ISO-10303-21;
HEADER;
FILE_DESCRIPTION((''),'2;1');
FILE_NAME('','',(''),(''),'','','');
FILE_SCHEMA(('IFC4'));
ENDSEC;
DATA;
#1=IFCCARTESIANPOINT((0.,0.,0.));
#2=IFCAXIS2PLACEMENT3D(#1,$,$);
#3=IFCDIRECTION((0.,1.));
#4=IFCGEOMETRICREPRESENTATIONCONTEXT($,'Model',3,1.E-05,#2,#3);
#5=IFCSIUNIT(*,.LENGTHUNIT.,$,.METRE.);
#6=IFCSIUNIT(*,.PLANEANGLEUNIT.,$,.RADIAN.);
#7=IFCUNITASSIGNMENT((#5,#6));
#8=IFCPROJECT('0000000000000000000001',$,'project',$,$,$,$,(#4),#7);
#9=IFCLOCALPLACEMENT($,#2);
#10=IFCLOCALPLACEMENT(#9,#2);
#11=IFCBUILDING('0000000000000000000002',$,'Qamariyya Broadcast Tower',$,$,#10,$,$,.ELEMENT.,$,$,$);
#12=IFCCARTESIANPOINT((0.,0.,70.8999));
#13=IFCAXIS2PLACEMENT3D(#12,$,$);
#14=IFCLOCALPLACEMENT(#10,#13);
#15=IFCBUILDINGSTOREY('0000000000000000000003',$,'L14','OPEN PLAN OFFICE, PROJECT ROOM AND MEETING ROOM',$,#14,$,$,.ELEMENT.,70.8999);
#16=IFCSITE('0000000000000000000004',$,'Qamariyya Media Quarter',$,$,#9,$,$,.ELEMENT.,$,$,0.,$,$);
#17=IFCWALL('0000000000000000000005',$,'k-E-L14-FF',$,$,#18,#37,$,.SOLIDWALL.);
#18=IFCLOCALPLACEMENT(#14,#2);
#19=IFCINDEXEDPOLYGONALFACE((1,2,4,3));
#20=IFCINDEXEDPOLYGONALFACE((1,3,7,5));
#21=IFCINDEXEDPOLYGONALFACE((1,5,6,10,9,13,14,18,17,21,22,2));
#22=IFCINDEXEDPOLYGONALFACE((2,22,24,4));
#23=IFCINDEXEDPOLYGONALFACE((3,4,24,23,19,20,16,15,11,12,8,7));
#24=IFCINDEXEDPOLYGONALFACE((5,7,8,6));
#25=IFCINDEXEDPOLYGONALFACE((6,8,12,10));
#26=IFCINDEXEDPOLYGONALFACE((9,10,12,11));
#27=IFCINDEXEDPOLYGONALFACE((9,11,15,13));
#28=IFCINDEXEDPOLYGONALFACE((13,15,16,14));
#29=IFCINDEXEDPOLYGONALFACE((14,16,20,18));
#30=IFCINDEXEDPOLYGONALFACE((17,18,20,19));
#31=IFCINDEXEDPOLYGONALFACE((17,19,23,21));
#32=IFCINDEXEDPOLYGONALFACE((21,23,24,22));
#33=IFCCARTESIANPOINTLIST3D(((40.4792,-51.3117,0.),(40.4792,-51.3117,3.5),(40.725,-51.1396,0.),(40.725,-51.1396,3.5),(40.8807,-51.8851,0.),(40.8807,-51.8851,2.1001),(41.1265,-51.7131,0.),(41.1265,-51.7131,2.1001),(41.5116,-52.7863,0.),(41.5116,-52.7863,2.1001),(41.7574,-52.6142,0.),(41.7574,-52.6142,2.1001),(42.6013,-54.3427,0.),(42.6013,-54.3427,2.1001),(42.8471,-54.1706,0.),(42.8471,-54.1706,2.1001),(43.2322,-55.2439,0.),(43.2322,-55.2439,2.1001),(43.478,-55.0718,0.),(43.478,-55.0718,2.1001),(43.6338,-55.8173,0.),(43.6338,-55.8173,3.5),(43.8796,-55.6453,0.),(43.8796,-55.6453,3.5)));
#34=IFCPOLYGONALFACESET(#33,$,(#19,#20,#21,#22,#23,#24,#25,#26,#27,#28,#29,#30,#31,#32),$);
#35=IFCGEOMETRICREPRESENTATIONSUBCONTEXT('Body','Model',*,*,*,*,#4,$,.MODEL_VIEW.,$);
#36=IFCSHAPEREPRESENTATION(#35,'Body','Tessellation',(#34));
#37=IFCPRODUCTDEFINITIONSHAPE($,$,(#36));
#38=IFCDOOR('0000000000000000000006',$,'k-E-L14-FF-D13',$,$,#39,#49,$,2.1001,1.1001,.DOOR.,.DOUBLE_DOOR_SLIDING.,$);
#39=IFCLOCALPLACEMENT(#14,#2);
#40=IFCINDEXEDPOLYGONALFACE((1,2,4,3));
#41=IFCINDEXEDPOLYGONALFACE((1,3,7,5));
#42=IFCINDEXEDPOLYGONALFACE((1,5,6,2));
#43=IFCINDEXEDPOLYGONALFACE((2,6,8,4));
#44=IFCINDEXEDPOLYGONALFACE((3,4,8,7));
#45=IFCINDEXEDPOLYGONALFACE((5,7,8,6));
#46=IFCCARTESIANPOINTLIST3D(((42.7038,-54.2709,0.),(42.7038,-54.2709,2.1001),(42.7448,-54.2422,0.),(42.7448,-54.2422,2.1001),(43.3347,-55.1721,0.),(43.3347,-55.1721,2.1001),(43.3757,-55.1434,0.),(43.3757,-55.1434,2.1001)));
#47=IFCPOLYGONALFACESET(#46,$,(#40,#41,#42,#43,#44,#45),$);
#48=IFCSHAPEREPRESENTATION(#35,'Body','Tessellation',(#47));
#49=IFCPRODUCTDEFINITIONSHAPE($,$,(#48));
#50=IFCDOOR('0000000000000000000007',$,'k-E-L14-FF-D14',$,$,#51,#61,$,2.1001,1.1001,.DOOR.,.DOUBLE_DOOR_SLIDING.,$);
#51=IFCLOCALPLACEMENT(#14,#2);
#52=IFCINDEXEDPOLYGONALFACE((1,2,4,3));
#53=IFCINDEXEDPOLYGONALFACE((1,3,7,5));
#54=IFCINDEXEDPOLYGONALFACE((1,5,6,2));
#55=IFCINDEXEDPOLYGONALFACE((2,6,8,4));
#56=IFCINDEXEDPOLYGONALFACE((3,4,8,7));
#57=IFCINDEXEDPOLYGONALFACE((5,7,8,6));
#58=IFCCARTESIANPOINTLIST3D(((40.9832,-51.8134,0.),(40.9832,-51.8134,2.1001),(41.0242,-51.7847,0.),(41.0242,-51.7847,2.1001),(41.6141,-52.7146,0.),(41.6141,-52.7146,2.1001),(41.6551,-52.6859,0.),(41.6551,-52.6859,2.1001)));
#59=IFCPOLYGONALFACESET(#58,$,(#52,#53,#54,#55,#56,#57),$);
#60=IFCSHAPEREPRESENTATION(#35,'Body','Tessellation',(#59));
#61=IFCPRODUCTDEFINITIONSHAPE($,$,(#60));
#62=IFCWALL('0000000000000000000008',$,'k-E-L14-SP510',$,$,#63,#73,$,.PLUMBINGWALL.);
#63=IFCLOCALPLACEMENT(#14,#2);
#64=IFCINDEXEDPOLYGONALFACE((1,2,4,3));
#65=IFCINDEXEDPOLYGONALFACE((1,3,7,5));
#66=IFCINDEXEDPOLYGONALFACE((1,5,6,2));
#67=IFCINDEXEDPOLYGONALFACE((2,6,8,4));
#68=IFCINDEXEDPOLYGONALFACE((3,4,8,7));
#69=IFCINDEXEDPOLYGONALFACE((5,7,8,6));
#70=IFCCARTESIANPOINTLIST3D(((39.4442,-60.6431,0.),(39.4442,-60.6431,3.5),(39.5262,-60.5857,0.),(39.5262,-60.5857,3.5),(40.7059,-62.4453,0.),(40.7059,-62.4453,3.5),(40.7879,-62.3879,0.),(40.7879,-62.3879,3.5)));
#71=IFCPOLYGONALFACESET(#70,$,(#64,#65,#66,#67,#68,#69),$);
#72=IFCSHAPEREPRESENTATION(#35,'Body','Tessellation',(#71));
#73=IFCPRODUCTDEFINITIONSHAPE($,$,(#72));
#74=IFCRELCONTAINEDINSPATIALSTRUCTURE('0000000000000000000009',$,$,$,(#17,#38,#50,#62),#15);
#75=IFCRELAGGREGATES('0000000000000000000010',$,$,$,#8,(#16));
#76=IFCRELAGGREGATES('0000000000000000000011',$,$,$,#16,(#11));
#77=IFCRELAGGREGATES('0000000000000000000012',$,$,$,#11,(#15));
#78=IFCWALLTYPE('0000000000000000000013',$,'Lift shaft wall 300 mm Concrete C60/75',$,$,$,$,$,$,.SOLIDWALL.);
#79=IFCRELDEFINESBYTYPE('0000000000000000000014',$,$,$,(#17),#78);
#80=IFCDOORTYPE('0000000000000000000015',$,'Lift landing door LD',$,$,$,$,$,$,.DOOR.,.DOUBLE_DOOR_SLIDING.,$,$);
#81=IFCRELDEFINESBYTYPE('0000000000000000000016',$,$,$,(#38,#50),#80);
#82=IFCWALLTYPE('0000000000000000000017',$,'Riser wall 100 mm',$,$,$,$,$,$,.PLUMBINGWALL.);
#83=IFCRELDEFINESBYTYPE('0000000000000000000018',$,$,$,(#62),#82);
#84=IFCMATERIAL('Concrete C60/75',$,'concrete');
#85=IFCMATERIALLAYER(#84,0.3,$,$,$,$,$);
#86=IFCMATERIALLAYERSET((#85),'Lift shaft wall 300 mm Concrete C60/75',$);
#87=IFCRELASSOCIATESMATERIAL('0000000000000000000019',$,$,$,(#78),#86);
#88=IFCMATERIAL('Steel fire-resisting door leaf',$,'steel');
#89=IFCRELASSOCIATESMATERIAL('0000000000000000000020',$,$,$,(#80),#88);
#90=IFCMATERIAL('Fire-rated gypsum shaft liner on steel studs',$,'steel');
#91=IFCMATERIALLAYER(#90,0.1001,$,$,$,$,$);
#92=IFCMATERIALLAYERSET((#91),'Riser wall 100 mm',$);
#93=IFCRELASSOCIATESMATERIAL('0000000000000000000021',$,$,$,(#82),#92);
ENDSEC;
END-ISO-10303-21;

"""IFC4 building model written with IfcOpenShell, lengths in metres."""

from ifc_helpers import new_model, si_unit, direction, frame, frame_2d, origin, place, context, subcontext, project, spatial, rectangle, extrude, material, layer, layer_set, type_object, element, fill, save


model = new_model("IFC4")

# Units and contexts
model_context = context("Model", 3, precision=1e-05, world=origin(), true_north=direction((0.0, 1.0)))
body_context = subcontext(model_context, "Body", "Model", "MODEL_VIEW")
ifc_project = project(units=[si_unit("LENGTHUNIT", "METRE"), si_unit("PLANEANGLEUNIT", "RADIAN")], contexts=[model_context])

# Site, building, storey
site_placement = place(None, origin())
site = spatial("IfcSite", under=ifc_project, at=site_placement, Name="Qamariyya Media Quarter", CompositionType="ELEMENT", RefElevation=0.0)
building_placement = place(site_placement, origin())
building = spatial("IfcBuilding", under=site, at=building_placement, Name="Qamariyya Broadcast Tower", CompositionType="ELEMENT")
storey_placement = place(building_placement, frame((0.0, 0.0, 70.8999)))
storey = spatial("IfcBuildingStorey", under=building, at=storey_placement, Name="L14", Description="OPEN PLAN OFFICE, PROJECT ROOM AND MEETING ROOM", CompositionType="ELEMENT", Elevation=70.8999)

# Shared definitions
ifc_material_1 = material(Name="Steel fire-resisting door leaf", Category="steel")

# Shared definitions
ifc_material_2 = material(Name="Concrete C60/75", Category="concrete")
ifc_layer_1 = layer(ifc_material_2, 0.3)
ifc_layer_set_1 = layer_set([ifc_layer_1], Name="Lift shaft wall 300 mm Concrete C60/75")
wall_type_1 = type_object("IfcWallType", Name="Lift shaft wall 300 mm Concrete C60/75", PredefinedType="SOLIDWALL", material=ifc_layer_set_1)

# Wall, openings, doors
wall_1_placement = place(storey_placement, frame((43.7566, -55.7312, 0.0), z_axis=(0.0, 0.0, 1.0), x_axis=(-0.573537, 0.81918, 0.0)))
wall_1 = element("IfcWall", 1, at=wall_1_placement, inside=storey, type_object=wall_type_1, Name="k-E-L14-FF", PredefinedType="SOLIDWALL", context=body_context, shape_type="SweptSolid", body=[
    extrude(rectangle(XDim=5.5002, YDim=0.3, at=frame_2d((2.75, 0.0))), origin(), (0.0, 0.0, 1.0), 3.5),
])
opening_1_placement = place(wall_1_placement, frame((0.7, 0.0, 0.0)))
opening_1 = element("IfcOpeningElement", 2, at=opening_1_placement, cuts=wall_1, PredefinedType="OPENING", context=body_context, shape_type="SweptSolid", body=[
    extrude(rectangle(XDim=1.1001, YDim=2.1001, at=frame_2d((0.55, 1.05))), frame((0.0, 0.1599, 0.0), z_axis=(0.0, -1.0, 0.0), x_axis=(1.0, 0.0, 0.0)), (0.0, 0.0, 1.0), 0.3201),
])
opening_2_placement = place(wall_1_placement, frame((3.7, 0.0, 0.0)))
opening_2 = element("IfcOpeningElement", 3, at=opening_2_placement, cuts=wall_1, PredefinedType="OPENING", context=body_context, shape_type="SweptSolid", body=[
    extrude(rectangle(XDim=1.1001, YDim=2.1001, at=frame_2d((0.55, 1.05))), frame((0.0, 0.1599, 0.0), z_axis=(0.0, -1.0, 0.0), x_axis=(1.0, 0.0, 0.0)), (0.0, 0.0, 1.0), 0.3201),
])
door_type_1 = type_object("IfcDoorType", Name="Lift landing door LD", OperationType="DOUBLE_DOOR_SLIDING", PredefinedType="DOOR", material=ifc_material_1)
door_1_placement = place(opening_1_placement, origin())
door_1 = element("IfcDoor", 4, at=door_1_placement, inside=storey, type_object=door_type_1, Name="k-E-L14-FF-D13", OperationType="DOUBLE_DOOR_SLIDING", OverallHeight=2.1001, OverallWidth=1.1001, PredefinedType="DOOR", context=body_context, shape_type="SweptSolid", body=[
    extrude(rectangle(XDim=1.1001, YDim=2.1001, at=frame_2d((0.55, 1.05))), frame((0.0, 0.0249, 0.0), z_axis=(0.0, -1.0, 0.0), x_axis=(1.0, 0.0, 0.0)), (0.0, 0.0, 1.0), 0.05),
])
fill(opening_1, door_1)
door_2_placement = place(opening_2_placement, origin())
door_2 = element("IfcDoor", 5, at=door_2_placement, inside=storey, type_object=door_type_1, Name="k-E-L14-FF-D14", OperationType="DOUBLE_DOOR_SLIDING", OverallHeight=2.1001, OverallWidth=1.1001, PredefinedType="DOOR", context=body_context, shape_type="SweptSolid", body=[
    extrude(rectangle(XDim=1.1001, YDim=2.1001, at=frame_2d((0.55, 1.05))), frame((0.0, 0.0249, 0.0), z_axis=(0.0, -1.0, 0.0), x_axis=(1.0, 0.0, 0.0)), (0.0, 0.0, 1.0), 0.05),
])
fill(opening_2, door_2)

# Wall
ifc_material_3 = material(Name="Fire-rated gypsum shaft liner on steel studs", Category="steel")
ifc_layer_2 = layer(ifc_material_3, 0.1001)
ifc_layer_set_2 = layer_set([ifc_layer_2], Name="Riser wall 100 mm")
wall_type_2 = type_object("IfcWallType", Name="Riser wall 100 mm", PredefinedType="PLUMBINGWALL", material=ifc_layer_set_2)
wall_2_placement = place(storey_placement, frame((39.4851, -60.6143, 0.0), z_axis=(0.0, 0.0, 1.0), x_axis=(0.573507, -0.819201, 0.0)))
element("IfcWall", 6, at=wall_2_placement, inside=storey, type_object=wall_type_2, Name="k-E-L14-SP510", PredefinedType="PLUMBINGWALL", context=body_context, shape_type="SweptSolid", body=[
    extrude(rectangle(XDim=2.2, YDim=0.1001, at=frame_2d((1.1001, 0.0))), origin(), (0.0, 0.0, 1.0), 3.5),
])

save(model, "model.ifc")
